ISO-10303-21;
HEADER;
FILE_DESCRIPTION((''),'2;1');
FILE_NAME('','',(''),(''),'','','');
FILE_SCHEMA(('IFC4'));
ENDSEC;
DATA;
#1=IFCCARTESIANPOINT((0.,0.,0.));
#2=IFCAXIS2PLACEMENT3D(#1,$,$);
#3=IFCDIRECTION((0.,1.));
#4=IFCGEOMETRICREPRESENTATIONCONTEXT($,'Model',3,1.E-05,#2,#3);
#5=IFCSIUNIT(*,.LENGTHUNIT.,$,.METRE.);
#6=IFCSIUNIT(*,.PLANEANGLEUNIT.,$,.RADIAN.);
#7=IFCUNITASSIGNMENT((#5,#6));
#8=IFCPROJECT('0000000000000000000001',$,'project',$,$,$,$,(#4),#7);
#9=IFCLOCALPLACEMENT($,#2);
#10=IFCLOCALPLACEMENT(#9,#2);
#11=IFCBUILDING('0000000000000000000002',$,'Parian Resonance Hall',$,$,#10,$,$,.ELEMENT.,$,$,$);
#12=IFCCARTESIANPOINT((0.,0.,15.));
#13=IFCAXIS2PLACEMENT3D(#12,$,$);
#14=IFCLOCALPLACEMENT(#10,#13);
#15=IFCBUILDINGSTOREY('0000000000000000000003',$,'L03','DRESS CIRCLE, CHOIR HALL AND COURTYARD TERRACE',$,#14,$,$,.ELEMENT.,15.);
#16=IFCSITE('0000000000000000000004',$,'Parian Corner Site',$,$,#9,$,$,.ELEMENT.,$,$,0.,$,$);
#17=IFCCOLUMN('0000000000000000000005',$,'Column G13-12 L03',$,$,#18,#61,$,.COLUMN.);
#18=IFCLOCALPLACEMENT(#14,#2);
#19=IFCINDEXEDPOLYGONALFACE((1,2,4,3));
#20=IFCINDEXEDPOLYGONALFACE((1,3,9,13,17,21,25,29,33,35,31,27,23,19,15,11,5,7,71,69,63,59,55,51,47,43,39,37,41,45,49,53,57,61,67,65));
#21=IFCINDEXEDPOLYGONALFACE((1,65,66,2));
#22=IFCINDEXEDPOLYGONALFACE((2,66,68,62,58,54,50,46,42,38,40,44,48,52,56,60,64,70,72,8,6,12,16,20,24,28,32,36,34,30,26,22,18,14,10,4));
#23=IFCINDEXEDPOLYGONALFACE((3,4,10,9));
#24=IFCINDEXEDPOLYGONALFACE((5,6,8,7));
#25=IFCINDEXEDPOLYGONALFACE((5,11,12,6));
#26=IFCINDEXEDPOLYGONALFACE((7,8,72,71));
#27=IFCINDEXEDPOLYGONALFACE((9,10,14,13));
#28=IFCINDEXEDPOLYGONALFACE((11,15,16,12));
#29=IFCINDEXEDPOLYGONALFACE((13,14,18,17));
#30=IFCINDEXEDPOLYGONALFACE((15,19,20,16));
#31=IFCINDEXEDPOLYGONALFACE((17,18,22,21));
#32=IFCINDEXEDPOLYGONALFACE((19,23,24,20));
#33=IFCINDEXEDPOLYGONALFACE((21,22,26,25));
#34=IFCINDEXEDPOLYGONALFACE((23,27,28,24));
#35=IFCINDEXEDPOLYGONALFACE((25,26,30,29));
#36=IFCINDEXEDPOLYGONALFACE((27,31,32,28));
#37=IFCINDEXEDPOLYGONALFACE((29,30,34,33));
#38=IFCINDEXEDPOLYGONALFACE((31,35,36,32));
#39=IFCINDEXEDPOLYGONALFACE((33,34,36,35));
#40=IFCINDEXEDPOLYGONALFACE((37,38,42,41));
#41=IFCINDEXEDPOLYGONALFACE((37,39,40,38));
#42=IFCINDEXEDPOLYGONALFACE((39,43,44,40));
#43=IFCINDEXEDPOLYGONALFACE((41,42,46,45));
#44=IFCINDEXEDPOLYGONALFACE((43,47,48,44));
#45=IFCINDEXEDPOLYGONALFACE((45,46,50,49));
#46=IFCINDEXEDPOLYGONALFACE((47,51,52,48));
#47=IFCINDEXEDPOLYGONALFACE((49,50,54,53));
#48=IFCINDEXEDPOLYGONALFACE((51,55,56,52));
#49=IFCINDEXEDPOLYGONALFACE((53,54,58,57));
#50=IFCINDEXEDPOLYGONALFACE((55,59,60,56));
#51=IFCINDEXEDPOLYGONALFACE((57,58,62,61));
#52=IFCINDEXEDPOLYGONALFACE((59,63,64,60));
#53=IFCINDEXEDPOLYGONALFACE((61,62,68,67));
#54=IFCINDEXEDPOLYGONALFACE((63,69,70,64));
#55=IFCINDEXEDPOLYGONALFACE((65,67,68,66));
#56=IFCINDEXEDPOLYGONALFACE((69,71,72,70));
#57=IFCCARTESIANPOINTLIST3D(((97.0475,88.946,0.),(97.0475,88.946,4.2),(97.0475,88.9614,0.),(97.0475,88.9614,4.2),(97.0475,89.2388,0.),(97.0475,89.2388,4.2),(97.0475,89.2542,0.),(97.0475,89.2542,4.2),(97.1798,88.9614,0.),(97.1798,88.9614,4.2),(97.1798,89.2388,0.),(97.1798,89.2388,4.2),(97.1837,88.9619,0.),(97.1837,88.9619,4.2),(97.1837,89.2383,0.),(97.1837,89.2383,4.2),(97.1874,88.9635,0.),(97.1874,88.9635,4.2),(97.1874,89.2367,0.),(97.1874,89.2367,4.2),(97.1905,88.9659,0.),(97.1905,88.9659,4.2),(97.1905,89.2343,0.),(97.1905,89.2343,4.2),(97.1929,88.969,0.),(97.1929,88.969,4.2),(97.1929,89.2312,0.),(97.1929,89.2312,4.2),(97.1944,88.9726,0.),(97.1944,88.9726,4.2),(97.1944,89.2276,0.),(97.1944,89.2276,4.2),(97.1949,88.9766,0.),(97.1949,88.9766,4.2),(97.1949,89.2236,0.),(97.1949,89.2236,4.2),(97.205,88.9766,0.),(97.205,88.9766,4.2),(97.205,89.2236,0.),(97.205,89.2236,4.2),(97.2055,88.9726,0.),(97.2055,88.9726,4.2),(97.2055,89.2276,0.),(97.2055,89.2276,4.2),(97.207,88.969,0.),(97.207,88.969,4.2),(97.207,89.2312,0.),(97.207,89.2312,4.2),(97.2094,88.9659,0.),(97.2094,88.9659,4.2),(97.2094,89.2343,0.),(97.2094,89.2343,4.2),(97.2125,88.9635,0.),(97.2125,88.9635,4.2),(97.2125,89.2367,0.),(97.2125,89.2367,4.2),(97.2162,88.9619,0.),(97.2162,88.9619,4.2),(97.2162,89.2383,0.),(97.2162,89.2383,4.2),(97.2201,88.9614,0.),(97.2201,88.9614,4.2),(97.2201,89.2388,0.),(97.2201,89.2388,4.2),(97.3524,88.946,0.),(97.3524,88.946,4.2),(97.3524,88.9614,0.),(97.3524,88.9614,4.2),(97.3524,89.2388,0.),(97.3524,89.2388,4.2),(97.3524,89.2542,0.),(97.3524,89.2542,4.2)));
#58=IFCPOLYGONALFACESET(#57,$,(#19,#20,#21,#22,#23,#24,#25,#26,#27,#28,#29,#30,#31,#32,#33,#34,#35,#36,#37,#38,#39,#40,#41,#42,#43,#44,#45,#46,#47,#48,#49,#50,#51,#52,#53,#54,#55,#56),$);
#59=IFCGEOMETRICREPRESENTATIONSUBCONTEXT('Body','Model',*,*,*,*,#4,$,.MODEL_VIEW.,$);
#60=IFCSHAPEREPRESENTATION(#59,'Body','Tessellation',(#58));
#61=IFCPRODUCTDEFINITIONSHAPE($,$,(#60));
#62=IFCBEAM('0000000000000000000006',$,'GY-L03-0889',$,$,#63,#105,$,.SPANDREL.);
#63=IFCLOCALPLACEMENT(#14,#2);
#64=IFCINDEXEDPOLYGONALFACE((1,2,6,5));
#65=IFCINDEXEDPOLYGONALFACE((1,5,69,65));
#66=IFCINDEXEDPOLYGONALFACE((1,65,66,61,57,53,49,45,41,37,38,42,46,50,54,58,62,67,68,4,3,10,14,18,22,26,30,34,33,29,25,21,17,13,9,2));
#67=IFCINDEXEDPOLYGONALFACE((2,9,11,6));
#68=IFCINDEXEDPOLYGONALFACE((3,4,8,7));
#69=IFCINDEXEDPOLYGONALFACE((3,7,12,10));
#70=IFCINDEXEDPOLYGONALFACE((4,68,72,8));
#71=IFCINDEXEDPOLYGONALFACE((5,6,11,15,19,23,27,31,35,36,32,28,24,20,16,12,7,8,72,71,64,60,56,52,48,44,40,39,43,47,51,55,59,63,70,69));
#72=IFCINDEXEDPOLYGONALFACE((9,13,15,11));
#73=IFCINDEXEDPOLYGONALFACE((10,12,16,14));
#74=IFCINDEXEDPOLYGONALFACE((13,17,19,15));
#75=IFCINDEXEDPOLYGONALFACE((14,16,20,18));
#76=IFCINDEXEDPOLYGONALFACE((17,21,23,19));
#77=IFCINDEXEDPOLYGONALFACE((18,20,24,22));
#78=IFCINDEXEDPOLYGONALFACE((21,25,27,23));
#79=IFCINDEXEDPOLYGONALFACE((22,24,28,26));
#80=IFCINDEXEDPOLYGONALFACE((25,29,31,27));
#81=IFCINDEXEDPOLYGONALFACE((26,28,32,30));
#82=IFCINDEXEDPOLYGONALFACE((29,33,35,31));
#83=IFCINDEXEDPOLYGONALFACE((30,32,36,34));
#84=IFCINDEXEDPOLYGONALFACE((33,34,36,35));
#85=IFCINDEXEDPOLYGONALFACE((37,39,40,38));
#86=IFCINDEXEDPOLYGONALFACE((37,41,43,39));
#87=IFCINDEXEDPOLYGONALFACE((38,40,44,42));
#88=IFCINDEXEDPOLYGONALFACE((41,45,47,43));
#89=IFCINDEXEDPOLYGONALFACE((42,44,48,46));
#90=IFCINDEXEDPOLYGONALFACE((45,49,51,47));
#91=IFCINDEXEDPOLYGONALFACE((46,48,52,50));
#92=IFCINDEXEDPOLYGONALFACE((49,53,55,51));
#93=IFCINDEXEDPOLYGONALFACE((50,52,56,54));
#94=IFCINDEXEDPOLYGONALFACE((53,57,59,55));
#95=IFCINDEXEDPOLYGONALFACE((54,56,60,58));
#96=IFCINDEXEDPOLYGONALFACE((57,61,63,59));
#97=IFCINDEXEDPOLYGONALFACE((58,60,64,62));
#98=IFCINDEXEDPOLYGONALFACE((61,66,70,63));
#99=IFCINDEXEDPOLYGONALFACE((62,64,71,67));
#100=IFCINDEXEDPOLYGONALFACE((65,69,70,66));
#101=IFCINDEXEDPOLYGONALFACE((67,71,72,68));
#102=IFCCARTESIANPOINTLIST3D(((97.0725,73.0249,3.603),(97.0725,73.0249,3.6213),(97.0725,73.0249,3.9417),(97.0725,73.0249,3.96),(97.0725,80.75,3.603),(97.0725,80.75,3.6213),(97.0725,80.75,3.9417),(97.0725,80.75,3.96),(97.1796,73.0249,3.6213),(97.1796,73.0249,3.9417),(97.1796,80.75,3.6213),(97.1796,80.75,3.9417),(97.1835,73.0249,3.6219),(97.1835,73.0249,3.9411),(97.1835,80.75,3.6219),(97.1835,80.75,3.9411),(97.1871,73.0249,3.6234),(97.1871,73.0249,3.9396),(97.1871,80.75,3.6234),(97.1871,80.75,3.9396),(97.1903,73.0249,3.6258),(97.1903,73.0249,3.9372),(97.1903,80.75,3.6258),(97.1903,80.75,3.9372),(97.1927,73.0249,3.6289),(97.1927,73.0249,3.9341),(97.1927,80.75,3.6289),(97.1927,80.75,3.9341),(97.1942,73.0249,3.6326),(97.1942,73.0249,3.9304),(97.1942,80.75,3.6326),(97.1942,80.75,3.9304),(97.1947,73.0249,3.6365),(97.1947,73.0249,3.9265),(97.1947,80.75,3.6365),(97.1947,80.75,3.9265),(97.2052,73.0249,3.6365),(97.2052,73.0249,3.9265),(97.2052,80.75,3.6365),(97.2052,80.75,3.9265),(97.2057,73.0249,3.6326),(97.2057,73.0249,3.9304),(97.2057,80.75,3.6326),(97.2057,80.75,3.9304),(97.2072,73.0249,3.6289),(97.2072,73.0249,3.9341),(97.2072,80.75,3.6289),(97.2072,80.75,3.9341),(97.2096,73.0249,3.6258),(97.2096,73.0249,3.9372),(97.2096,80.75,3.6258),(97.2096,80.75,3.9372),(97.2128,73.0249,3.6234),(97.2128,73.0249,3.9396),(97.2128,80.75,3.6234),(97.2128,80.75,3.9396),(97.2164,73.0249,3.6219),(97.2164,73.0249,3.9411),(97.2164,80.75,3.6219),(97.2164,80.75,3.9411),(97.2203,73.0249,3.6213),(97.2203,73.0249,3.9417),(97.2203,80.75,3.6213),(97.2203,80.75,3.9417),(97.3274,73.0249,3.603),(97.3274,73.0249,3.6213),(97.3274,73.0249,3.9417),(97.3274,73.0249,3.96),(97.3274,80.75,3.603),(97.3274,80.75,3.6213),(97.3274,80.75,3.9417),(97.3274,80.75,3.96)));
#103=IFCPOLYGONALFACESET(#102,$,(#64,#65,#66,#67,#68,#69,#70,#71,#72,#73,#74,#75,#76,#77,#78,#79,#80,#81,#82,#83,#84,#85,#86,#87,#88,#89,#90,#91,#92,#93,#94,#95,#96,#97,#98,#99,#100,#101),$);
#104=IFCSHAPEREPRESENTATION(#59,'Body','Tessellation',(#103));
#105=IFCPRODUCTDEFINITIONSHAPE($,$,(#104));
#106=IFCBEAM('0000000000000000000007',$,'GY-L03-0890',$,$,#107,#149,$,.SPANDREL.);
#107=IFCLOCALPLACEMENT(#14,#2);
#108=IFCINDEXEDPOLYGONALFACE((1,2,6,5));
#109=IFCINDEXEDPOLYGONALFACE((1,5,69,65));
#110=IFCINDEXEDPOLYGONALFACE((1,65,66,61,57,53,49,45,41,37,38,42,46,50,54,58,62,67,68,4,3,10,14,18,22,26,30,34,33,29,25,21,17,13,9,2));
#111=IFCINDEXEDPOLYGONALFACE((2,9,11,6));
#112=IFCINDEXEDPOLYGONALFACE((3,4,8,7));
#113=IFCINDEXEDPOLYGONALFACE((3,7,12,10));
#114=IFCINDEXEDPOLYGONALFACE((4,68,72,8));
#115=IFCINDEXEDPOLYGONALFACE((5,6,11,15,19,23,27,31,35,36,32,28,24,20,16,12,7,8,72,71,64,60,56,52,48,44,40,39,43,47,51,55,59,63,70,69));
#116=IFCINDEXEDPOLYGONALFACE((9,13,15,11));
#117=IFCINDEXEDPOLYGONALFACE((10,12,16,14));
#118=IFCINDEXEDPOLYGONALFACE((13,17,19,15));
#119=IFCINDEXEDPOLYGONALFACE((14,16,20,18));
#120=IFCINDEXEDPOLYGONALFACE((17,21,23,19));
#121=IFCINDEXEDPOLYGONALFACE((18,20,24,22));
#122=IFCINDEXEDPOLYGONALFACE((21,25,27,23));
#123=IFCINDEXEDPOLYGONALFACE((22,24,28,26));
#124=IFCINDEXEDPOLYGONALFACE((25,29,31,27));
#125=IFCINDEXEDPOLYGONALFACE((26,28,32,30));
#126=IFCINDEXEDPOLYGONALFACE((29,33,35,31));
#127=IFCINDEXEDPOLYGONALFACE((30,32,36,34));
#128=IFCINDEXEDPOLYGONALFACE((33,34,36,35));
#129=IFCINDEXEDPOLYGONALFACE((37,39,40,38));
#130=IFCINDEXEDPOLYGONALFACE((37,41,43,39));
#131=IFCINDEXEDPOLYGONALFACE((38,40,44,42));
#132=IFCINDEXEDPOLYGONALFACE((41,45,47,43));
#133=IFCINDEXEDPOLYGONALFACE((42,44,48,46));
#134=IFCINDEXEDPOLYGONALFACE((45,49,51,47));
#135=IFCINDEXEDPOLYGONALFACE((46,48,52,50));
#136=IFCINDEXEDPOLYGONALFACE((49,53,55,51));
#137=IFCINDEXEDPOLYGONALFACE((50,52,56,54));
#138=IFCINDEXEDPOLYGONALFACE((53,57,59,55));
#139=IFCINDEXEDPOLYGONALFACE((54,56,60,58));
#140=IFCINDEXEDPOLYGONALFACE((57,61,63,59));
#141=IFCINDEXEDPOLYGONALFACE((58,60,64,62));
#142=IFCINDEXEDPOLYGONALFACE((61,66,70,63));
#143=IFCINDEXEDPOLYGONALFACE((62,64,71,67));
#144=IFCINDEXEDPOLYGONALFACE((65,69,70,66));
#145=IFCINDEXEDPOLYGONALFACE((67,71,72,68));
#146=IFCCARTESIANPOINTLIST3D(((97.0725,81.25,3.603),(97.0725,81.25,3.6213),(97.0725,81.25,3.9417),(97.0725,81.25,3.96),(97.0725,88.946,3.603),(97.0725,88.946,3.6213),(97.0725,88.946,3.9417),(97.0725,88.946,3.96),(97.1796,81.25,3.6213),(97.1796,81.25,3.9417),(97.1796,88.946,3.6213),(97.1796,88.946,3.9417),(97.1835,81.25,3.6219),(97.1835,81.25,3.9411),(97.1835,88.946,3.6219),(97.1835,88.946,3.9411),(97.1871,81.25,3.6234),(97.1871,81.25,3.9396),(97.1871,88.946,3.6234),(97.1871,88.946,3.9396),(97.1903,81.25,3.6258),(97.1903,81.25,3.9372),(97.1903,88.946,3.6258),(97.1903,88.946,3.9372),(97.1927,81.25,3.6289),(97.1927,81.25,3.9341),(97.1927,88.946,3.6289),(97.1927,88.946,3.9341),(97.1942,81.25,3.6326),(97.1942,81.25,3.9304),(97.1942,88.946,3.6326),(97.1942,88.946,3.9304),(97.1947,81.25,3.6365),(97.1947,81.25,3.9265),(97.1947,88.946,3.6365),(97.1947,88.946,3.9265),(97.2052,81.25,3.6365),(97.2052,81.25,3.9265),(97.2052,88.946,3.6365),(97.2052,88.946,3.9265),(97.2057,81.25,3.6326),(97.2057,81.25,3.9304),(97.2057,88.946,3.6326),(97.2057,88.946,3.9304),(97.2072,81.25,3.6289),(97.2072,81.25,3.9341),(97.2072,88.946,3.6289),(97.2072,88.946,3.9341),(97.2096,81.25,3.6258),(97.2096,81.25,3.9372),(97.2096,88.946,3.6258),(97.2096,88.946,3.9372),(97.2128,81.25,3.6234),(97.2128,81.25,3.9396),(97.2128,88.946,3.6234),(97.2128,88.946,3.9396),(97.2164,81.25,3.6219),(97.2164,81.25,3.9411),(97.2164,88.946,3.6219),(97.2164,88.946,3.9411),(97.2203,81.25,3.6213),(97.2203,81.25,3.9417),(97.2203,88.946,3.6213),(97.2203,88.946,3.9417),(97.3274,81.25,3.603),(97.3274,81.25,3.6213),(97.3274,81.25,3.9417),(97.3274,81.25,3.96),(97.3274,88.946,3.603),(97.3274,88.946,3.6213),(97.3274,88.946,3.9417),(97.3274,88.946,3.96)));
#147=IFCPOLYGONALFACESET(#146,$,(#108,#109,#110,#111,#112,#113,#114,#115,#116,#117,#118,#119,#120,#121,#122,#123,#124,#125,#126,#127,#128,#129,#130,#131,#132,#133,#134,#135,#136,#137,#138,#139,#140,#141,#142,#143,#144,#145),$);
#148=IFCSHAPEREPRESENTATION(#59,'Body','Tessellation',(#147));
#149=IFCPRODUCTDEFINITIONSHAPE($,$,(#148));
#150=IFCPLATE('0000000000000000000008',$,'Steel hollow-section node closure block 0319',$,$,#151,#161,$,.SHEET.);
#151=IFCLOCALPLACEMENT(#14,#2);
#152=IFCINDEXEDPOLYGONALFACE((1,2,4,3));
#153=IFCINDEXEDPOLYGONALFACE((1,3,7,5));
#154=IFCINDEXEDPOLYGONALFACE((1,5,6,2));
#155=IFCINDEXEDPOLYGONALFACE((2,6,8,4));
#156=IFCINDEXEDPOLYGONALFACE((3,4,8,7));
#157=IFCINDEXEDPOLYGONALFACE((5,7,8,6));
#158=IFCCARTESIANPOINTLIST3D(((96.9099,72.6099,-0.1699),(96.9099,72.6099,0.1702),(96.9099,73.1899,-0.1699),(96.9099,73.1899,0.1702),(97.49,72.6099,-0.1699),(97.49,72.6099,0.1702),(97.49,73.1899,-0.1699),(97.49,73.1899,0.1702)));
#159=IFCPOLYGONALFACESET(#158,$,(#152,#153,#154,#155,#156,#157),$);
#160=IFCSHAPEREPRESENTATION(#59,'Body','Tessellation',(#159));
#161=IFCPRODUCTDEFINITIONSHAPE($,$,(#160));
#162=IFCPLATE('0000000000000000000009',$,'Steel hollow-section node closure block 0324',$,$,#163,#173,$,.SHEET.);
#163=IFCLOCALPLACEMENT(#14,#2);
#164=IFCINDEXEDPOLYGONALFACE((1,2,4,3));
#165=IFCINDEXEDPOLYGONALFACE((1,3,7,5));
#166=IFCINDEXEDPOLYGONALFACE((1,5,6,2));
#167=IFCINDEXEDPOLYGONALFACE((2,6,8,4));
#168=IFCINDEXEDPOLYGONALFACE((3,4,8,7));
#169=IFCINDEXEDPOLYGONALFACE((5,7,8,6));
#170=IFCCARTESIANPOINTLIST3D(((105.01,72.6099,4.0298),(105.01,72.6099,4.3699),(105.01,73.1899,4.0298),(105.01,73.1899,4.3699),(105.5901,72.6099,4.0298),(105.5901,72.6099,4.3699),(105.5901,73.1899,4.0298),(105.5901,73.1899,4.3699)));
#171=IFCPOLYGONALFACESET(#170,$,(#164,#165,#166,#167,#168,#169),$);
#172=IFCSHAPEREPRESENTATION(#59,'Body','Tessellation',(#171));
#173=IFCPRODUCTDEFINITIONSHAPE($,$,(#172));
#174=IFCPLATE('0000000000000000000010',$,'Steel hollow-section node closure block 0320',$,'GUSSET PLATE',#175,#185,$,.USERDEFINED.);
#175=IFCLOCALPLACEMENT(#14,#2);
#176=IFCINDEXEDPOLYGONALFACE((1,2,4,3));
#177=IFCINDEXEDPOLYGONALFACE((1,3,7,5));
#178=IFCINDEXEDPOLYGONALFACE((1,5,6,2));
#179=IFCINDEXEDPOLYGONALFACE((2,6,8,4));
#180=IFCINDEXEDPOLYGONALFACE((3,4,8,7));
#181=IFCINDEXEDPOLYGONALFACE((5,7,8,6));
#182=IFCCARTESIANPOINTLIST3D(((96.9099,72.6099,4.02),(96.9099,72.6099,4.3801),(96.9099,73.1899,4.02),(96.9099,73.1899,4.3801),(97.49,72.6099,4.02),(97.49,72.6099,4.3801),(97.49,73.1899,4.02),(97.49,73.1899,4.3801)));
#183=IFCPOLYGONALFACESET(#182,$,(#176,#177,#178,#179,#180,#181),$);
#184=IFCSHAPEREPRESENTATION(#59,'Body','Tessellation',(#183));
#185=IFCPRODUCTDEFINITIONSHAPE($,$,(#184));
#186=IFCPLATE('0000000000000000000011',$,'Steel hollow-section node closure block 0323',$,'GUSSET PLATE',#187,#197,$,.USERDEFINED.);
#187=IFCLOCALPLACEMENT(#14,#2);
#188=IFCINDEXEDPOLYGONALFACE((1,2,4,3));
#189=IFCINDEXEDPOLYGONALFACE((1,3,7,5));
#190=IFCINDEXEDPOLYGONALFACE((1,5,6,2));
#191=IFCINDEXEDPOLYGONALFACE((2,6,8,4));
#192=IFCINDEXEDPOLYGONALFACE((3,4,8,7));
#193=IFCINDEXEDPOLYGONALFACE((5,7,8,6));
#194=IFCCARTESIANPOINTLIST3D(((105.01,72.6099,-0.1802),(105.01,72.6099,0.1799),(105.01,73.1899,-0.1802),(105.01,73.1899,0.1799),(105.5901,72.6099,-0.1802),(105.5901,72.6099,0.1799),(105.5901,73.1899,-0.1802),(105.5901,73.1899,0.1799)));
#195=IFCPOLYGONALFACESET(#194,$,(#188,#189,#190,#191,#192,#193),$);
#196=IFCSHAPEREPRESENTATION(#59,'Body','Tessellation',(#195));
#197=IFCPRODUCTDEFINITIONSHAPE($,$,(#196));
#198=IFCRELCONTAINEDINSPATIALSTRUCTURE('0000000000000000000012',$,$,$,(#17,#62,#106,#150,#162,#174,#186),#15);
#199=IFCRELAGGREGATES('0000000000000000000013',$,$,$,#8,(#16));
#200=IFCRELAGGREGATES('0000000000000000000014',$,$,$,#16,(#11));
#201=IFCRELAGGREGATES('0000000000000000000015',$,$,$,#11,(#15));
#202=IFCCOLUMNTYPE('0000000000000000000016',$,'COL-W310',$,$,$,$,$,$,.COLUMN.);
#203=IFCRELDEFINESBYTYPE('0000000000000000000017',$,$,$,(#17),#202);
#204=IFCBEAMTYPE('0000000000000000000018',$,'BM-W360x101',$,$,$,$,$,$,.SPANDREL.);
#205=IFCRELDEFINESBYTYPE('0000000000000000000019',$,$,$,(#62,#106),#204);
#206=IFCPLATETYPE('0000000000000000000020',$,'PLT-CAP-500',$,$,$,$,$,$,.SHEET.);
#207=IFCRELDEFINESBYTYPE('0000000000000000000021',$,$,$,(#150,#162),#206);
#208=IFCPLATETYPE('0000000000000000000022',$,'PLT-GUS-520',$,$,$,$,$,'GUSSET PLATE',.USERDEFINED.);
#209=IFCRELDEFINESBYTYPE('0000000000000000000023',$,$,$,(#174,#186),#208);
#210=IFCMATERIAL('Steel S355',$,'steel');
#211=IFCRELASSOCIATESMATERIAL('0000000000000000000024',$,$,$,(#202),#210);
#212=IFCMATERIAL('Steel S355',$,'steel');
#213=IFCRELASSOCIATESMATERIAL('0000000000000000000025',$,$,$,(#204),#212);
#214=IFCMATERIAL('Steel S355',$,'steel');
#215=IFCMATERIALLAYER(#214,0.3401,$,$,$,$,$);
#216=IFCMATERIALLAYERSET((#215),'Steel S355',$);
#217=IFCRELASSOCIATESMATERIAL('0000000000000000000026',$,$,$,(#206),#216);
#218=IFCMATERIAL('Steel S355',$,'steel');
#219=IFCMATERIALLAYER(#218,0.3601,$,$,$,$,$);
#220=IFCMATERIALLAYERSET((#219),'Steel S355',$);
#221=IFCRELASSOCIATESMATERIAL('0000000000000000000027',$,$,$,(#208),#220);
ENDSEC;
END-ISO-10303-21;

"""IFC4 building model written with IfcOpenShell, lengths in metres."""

from ifc_helpers import new_model, si_unit, direction, frame, origin, origin_2d, place, context, subcontext, project, spatial, rectangle, i_section, extrude, material, layer, layer_set, material_profile, profile_set, type_object, element, save


model = new_model("IFC4")

# Units and contexts
model_context = context("Model", 3, precision=1e-05, world=origin(), true_north=direction((0.0, 1.0)))
body_context = subcontext(model_context, "Body", "Model", "MODEL_VIEW")
ifc_project = project(units=[si_unit("LENGTHUNIT", "METRE"), si_unit("PLANEANGLEUNIT", "RADIAN")], contexts=[model_context])

# Site, building, storey
site_placement = place(None, origin())
site = spatial("IfcSite", under=ifc_project, at=site_placement, Name="Parian Corner Site", CompositionType="ELEMENT", RefElevation=0.0)
building_placement = place(site_placement, origin())
building = spatial("IfcBuilding", under=site, at=building_placement, Name="Parian Resonance Hall", CompositionType="ELEMENT")
storey_placement = place(building_placement, frame((0.0, 0.0, 15.0)))
storey = spatial("IfcBuildingStorey", under=building, at=storey_placement, Name="L03", Description="DRESS CIRCLE, CHOIR HALL AND COURTYARD TERRACE", CompositionType="ELEMENT", Elevation=15.0)

# Column
ifc_material_1 = material(Name="Steel S355", Category="steel")
ifc_material_profile_1 = material_profile(ifc_material_1, i_section(OverallWidth=0.3049, OverallDepth=0.3081, WebThickness=0.01, FlangeThickness=0.0154, FilletRadius=0.0151, at=origin_2d()), Name="W310x97")
ifc_profile_set_1 = profile_set([ifc_material_profile_1], Name="Steel S355")
column_type_1 = type_object("IfcColumnType", Name="COL-W310", PredefinedType="COLUMN", material=ifc_profile_set_1)
column_placement = place(storey_placement, frame((97.2, 89.1001, 0.0), z_axis=(0.0, 0.0, 1.0), x_axis=(1.0, 0.0, 0.0)))
element("IfcColumn", 1, at=column_placement, inside=storey, type_object=column_type_1, Name="Column G13-12 L03", PredefinedType="COLUMN", context=body_context, shape_type="SweptSolid", body=[
    extrude(i_section(OverallWidth=0.3049, OverallDepth=0.3081, WebThickness=0.01, FlangeThickness=0.0154, FilletRadius=0.0151, at=origin_2d()), origin(), (0.0, 0.0, 1.0), 4.2),
])

# Beams
ifc_material_2 = material(Name="Steel S355", Category="steel")
ifc_material_profile_2 = material_profile(ifc_material_2, i_section(OverallWidth=0.2549, OverallDepth=0.3569, WebThickness=0.0105, FlangeThickness=0.0183, FilletRadius=0.0151, at=origin_2d()), Name="W360x101")
ifc_profile_set_2 = profile_set([ifc_material_profile_2], Name="Steel S355")
beam_type = type_object("IfcBeamType", Name="BM-W360x101", PredefinedType="SPANDREL", material=ifc_profile_set_2)
beam_1_placement = place(storey_placement, frame((97.2, 73.0249, 3.7815), z_axis=(0.0, 1.0, 0.0), x_axis=(-1.0, 0.0, 0.0)))
element("IfcBeam", 2, at=beam_1_placement, inside=storey, type_object=beam_type, Name="GY-L03-0889", PredefinedType="SPANDREL", context=body_context, shape_type="SweptSolid", body=[
    extrude(i_section(OverallWidth=0.2549, OverallDepth=0.3569, WebThickness=0.0105, FlangeThickness=0.0183, FilletRadius=0.0151, at=origin_2d()), origin(), (0.0, 0.0, 1.0), 7.7251),
])
beam_2_placement = place(storey_placement, frame((97.2, 81.25, 3.7815), z_axis=(0.0, 1.0, 0.0), x_axis=(-1.0, 0.0, 0.0)))
element("IfcBeam", 3, at=beam_2_placement, inside=storey, type_object=beam_type, Name="GY-L03-0890", PredefinedType="SPANDREL", context=body_context, shape_type="SweptSolid", body=[
    extrude(i_section(OverallWidth=0.2549, OverallDepth=0.3569, WebThickness=0.0105, FlangeThickness=0.0183, FilletRadius=0.0151, at=origin_2d()), origin(), (0.0, 0.0, 1.0), 7.696),
])

# Plates
ifc_material_3 = material(Name="Steel S355", Category="steel")
ifc_layer_1 = layer(ifc_material_3, 0.3401)
ifc_layer_set_1 = layer_set([ifc_layer_1], Name="Steel S355")
plate_type_1 = type_object("IfcPlateType", Name="PLT-CAP-500", PredefinedType="SHEET", material=ifc_layer_set_1)
for number, where, z_axis, x_axis, name in (
    (4, (97.2, 72.8999, -0.1699), (0.0, 0.0, 1.0), (1.0, 0.0, 0.0), "Steel hollow-section node closure block 0319"),
    (5, (105.3, 72.8999, 4.0298), (0.0, 0.0, 1.0), (1.0, 0.0, 0.0), "Steel hollow-section node closure block 0324"),
):
    element("IfcPlate", number, at=place(storey_placement, frame(where, z_axis=z_axis, x_axis=x_axis)), inside=storey, type_object=plate_type_1, Name=name, PredefinedType="SHEET", context=body_context, shape_type="SweptSolid", body=[
        extrude(rectangle(XDim=0.5801, YDim=0.5801, at=origin_2d()), origin(), (0.0, 0.0, 1.0), 0.3401),
    ])
ifc_material_4 = material(Name="Steel S355", Category="steel")
ifc_layer_2 = layer(ifc_material_4, 0.3601)
ifc_layer_set_2 = layer_set([ifc_layer_2], Name="Steel S355")
plate_type_2 = type_object("IfcPlateType", Name="PLT-GUS-520", ElementType="GUSSET PLATE", PredefinedType="USERDEFINED", material=ifc_layer_set_2)
for number, where, z_axis, x_axis, name in (
    (6, (97.2, 72.8999, 4.02), (0.0, 0.0, 1.0), (1.0, 0.0, 0.0), "Steel hollow-section node closure block 0320"),
    (7, (105.3, 72.8999, -0.1802), (0.0, 0.0, 1.0), (1.0, 0.0, 0.0), "Steel hollow-section node closure block 0323"),
):
    element("IfcPlate", number, at=place(storey_placement, frame(where, z_axis=z_axis, x_axis=x_axis)), inside=storey, type_object=plate_type_2, Name=name, ObjectType="GUSSET PLATE", PredefinedType="USERDEFINED", context=body_context, shape_type="SweptSolid", body=[
        extrude(rectangle(XDim=0.5801, YDim=0.5801, at=origin_2d()), origin(), (0.0, 0.0, 1.0), 0.3601),
    ])

save(model, "model.ifc")
